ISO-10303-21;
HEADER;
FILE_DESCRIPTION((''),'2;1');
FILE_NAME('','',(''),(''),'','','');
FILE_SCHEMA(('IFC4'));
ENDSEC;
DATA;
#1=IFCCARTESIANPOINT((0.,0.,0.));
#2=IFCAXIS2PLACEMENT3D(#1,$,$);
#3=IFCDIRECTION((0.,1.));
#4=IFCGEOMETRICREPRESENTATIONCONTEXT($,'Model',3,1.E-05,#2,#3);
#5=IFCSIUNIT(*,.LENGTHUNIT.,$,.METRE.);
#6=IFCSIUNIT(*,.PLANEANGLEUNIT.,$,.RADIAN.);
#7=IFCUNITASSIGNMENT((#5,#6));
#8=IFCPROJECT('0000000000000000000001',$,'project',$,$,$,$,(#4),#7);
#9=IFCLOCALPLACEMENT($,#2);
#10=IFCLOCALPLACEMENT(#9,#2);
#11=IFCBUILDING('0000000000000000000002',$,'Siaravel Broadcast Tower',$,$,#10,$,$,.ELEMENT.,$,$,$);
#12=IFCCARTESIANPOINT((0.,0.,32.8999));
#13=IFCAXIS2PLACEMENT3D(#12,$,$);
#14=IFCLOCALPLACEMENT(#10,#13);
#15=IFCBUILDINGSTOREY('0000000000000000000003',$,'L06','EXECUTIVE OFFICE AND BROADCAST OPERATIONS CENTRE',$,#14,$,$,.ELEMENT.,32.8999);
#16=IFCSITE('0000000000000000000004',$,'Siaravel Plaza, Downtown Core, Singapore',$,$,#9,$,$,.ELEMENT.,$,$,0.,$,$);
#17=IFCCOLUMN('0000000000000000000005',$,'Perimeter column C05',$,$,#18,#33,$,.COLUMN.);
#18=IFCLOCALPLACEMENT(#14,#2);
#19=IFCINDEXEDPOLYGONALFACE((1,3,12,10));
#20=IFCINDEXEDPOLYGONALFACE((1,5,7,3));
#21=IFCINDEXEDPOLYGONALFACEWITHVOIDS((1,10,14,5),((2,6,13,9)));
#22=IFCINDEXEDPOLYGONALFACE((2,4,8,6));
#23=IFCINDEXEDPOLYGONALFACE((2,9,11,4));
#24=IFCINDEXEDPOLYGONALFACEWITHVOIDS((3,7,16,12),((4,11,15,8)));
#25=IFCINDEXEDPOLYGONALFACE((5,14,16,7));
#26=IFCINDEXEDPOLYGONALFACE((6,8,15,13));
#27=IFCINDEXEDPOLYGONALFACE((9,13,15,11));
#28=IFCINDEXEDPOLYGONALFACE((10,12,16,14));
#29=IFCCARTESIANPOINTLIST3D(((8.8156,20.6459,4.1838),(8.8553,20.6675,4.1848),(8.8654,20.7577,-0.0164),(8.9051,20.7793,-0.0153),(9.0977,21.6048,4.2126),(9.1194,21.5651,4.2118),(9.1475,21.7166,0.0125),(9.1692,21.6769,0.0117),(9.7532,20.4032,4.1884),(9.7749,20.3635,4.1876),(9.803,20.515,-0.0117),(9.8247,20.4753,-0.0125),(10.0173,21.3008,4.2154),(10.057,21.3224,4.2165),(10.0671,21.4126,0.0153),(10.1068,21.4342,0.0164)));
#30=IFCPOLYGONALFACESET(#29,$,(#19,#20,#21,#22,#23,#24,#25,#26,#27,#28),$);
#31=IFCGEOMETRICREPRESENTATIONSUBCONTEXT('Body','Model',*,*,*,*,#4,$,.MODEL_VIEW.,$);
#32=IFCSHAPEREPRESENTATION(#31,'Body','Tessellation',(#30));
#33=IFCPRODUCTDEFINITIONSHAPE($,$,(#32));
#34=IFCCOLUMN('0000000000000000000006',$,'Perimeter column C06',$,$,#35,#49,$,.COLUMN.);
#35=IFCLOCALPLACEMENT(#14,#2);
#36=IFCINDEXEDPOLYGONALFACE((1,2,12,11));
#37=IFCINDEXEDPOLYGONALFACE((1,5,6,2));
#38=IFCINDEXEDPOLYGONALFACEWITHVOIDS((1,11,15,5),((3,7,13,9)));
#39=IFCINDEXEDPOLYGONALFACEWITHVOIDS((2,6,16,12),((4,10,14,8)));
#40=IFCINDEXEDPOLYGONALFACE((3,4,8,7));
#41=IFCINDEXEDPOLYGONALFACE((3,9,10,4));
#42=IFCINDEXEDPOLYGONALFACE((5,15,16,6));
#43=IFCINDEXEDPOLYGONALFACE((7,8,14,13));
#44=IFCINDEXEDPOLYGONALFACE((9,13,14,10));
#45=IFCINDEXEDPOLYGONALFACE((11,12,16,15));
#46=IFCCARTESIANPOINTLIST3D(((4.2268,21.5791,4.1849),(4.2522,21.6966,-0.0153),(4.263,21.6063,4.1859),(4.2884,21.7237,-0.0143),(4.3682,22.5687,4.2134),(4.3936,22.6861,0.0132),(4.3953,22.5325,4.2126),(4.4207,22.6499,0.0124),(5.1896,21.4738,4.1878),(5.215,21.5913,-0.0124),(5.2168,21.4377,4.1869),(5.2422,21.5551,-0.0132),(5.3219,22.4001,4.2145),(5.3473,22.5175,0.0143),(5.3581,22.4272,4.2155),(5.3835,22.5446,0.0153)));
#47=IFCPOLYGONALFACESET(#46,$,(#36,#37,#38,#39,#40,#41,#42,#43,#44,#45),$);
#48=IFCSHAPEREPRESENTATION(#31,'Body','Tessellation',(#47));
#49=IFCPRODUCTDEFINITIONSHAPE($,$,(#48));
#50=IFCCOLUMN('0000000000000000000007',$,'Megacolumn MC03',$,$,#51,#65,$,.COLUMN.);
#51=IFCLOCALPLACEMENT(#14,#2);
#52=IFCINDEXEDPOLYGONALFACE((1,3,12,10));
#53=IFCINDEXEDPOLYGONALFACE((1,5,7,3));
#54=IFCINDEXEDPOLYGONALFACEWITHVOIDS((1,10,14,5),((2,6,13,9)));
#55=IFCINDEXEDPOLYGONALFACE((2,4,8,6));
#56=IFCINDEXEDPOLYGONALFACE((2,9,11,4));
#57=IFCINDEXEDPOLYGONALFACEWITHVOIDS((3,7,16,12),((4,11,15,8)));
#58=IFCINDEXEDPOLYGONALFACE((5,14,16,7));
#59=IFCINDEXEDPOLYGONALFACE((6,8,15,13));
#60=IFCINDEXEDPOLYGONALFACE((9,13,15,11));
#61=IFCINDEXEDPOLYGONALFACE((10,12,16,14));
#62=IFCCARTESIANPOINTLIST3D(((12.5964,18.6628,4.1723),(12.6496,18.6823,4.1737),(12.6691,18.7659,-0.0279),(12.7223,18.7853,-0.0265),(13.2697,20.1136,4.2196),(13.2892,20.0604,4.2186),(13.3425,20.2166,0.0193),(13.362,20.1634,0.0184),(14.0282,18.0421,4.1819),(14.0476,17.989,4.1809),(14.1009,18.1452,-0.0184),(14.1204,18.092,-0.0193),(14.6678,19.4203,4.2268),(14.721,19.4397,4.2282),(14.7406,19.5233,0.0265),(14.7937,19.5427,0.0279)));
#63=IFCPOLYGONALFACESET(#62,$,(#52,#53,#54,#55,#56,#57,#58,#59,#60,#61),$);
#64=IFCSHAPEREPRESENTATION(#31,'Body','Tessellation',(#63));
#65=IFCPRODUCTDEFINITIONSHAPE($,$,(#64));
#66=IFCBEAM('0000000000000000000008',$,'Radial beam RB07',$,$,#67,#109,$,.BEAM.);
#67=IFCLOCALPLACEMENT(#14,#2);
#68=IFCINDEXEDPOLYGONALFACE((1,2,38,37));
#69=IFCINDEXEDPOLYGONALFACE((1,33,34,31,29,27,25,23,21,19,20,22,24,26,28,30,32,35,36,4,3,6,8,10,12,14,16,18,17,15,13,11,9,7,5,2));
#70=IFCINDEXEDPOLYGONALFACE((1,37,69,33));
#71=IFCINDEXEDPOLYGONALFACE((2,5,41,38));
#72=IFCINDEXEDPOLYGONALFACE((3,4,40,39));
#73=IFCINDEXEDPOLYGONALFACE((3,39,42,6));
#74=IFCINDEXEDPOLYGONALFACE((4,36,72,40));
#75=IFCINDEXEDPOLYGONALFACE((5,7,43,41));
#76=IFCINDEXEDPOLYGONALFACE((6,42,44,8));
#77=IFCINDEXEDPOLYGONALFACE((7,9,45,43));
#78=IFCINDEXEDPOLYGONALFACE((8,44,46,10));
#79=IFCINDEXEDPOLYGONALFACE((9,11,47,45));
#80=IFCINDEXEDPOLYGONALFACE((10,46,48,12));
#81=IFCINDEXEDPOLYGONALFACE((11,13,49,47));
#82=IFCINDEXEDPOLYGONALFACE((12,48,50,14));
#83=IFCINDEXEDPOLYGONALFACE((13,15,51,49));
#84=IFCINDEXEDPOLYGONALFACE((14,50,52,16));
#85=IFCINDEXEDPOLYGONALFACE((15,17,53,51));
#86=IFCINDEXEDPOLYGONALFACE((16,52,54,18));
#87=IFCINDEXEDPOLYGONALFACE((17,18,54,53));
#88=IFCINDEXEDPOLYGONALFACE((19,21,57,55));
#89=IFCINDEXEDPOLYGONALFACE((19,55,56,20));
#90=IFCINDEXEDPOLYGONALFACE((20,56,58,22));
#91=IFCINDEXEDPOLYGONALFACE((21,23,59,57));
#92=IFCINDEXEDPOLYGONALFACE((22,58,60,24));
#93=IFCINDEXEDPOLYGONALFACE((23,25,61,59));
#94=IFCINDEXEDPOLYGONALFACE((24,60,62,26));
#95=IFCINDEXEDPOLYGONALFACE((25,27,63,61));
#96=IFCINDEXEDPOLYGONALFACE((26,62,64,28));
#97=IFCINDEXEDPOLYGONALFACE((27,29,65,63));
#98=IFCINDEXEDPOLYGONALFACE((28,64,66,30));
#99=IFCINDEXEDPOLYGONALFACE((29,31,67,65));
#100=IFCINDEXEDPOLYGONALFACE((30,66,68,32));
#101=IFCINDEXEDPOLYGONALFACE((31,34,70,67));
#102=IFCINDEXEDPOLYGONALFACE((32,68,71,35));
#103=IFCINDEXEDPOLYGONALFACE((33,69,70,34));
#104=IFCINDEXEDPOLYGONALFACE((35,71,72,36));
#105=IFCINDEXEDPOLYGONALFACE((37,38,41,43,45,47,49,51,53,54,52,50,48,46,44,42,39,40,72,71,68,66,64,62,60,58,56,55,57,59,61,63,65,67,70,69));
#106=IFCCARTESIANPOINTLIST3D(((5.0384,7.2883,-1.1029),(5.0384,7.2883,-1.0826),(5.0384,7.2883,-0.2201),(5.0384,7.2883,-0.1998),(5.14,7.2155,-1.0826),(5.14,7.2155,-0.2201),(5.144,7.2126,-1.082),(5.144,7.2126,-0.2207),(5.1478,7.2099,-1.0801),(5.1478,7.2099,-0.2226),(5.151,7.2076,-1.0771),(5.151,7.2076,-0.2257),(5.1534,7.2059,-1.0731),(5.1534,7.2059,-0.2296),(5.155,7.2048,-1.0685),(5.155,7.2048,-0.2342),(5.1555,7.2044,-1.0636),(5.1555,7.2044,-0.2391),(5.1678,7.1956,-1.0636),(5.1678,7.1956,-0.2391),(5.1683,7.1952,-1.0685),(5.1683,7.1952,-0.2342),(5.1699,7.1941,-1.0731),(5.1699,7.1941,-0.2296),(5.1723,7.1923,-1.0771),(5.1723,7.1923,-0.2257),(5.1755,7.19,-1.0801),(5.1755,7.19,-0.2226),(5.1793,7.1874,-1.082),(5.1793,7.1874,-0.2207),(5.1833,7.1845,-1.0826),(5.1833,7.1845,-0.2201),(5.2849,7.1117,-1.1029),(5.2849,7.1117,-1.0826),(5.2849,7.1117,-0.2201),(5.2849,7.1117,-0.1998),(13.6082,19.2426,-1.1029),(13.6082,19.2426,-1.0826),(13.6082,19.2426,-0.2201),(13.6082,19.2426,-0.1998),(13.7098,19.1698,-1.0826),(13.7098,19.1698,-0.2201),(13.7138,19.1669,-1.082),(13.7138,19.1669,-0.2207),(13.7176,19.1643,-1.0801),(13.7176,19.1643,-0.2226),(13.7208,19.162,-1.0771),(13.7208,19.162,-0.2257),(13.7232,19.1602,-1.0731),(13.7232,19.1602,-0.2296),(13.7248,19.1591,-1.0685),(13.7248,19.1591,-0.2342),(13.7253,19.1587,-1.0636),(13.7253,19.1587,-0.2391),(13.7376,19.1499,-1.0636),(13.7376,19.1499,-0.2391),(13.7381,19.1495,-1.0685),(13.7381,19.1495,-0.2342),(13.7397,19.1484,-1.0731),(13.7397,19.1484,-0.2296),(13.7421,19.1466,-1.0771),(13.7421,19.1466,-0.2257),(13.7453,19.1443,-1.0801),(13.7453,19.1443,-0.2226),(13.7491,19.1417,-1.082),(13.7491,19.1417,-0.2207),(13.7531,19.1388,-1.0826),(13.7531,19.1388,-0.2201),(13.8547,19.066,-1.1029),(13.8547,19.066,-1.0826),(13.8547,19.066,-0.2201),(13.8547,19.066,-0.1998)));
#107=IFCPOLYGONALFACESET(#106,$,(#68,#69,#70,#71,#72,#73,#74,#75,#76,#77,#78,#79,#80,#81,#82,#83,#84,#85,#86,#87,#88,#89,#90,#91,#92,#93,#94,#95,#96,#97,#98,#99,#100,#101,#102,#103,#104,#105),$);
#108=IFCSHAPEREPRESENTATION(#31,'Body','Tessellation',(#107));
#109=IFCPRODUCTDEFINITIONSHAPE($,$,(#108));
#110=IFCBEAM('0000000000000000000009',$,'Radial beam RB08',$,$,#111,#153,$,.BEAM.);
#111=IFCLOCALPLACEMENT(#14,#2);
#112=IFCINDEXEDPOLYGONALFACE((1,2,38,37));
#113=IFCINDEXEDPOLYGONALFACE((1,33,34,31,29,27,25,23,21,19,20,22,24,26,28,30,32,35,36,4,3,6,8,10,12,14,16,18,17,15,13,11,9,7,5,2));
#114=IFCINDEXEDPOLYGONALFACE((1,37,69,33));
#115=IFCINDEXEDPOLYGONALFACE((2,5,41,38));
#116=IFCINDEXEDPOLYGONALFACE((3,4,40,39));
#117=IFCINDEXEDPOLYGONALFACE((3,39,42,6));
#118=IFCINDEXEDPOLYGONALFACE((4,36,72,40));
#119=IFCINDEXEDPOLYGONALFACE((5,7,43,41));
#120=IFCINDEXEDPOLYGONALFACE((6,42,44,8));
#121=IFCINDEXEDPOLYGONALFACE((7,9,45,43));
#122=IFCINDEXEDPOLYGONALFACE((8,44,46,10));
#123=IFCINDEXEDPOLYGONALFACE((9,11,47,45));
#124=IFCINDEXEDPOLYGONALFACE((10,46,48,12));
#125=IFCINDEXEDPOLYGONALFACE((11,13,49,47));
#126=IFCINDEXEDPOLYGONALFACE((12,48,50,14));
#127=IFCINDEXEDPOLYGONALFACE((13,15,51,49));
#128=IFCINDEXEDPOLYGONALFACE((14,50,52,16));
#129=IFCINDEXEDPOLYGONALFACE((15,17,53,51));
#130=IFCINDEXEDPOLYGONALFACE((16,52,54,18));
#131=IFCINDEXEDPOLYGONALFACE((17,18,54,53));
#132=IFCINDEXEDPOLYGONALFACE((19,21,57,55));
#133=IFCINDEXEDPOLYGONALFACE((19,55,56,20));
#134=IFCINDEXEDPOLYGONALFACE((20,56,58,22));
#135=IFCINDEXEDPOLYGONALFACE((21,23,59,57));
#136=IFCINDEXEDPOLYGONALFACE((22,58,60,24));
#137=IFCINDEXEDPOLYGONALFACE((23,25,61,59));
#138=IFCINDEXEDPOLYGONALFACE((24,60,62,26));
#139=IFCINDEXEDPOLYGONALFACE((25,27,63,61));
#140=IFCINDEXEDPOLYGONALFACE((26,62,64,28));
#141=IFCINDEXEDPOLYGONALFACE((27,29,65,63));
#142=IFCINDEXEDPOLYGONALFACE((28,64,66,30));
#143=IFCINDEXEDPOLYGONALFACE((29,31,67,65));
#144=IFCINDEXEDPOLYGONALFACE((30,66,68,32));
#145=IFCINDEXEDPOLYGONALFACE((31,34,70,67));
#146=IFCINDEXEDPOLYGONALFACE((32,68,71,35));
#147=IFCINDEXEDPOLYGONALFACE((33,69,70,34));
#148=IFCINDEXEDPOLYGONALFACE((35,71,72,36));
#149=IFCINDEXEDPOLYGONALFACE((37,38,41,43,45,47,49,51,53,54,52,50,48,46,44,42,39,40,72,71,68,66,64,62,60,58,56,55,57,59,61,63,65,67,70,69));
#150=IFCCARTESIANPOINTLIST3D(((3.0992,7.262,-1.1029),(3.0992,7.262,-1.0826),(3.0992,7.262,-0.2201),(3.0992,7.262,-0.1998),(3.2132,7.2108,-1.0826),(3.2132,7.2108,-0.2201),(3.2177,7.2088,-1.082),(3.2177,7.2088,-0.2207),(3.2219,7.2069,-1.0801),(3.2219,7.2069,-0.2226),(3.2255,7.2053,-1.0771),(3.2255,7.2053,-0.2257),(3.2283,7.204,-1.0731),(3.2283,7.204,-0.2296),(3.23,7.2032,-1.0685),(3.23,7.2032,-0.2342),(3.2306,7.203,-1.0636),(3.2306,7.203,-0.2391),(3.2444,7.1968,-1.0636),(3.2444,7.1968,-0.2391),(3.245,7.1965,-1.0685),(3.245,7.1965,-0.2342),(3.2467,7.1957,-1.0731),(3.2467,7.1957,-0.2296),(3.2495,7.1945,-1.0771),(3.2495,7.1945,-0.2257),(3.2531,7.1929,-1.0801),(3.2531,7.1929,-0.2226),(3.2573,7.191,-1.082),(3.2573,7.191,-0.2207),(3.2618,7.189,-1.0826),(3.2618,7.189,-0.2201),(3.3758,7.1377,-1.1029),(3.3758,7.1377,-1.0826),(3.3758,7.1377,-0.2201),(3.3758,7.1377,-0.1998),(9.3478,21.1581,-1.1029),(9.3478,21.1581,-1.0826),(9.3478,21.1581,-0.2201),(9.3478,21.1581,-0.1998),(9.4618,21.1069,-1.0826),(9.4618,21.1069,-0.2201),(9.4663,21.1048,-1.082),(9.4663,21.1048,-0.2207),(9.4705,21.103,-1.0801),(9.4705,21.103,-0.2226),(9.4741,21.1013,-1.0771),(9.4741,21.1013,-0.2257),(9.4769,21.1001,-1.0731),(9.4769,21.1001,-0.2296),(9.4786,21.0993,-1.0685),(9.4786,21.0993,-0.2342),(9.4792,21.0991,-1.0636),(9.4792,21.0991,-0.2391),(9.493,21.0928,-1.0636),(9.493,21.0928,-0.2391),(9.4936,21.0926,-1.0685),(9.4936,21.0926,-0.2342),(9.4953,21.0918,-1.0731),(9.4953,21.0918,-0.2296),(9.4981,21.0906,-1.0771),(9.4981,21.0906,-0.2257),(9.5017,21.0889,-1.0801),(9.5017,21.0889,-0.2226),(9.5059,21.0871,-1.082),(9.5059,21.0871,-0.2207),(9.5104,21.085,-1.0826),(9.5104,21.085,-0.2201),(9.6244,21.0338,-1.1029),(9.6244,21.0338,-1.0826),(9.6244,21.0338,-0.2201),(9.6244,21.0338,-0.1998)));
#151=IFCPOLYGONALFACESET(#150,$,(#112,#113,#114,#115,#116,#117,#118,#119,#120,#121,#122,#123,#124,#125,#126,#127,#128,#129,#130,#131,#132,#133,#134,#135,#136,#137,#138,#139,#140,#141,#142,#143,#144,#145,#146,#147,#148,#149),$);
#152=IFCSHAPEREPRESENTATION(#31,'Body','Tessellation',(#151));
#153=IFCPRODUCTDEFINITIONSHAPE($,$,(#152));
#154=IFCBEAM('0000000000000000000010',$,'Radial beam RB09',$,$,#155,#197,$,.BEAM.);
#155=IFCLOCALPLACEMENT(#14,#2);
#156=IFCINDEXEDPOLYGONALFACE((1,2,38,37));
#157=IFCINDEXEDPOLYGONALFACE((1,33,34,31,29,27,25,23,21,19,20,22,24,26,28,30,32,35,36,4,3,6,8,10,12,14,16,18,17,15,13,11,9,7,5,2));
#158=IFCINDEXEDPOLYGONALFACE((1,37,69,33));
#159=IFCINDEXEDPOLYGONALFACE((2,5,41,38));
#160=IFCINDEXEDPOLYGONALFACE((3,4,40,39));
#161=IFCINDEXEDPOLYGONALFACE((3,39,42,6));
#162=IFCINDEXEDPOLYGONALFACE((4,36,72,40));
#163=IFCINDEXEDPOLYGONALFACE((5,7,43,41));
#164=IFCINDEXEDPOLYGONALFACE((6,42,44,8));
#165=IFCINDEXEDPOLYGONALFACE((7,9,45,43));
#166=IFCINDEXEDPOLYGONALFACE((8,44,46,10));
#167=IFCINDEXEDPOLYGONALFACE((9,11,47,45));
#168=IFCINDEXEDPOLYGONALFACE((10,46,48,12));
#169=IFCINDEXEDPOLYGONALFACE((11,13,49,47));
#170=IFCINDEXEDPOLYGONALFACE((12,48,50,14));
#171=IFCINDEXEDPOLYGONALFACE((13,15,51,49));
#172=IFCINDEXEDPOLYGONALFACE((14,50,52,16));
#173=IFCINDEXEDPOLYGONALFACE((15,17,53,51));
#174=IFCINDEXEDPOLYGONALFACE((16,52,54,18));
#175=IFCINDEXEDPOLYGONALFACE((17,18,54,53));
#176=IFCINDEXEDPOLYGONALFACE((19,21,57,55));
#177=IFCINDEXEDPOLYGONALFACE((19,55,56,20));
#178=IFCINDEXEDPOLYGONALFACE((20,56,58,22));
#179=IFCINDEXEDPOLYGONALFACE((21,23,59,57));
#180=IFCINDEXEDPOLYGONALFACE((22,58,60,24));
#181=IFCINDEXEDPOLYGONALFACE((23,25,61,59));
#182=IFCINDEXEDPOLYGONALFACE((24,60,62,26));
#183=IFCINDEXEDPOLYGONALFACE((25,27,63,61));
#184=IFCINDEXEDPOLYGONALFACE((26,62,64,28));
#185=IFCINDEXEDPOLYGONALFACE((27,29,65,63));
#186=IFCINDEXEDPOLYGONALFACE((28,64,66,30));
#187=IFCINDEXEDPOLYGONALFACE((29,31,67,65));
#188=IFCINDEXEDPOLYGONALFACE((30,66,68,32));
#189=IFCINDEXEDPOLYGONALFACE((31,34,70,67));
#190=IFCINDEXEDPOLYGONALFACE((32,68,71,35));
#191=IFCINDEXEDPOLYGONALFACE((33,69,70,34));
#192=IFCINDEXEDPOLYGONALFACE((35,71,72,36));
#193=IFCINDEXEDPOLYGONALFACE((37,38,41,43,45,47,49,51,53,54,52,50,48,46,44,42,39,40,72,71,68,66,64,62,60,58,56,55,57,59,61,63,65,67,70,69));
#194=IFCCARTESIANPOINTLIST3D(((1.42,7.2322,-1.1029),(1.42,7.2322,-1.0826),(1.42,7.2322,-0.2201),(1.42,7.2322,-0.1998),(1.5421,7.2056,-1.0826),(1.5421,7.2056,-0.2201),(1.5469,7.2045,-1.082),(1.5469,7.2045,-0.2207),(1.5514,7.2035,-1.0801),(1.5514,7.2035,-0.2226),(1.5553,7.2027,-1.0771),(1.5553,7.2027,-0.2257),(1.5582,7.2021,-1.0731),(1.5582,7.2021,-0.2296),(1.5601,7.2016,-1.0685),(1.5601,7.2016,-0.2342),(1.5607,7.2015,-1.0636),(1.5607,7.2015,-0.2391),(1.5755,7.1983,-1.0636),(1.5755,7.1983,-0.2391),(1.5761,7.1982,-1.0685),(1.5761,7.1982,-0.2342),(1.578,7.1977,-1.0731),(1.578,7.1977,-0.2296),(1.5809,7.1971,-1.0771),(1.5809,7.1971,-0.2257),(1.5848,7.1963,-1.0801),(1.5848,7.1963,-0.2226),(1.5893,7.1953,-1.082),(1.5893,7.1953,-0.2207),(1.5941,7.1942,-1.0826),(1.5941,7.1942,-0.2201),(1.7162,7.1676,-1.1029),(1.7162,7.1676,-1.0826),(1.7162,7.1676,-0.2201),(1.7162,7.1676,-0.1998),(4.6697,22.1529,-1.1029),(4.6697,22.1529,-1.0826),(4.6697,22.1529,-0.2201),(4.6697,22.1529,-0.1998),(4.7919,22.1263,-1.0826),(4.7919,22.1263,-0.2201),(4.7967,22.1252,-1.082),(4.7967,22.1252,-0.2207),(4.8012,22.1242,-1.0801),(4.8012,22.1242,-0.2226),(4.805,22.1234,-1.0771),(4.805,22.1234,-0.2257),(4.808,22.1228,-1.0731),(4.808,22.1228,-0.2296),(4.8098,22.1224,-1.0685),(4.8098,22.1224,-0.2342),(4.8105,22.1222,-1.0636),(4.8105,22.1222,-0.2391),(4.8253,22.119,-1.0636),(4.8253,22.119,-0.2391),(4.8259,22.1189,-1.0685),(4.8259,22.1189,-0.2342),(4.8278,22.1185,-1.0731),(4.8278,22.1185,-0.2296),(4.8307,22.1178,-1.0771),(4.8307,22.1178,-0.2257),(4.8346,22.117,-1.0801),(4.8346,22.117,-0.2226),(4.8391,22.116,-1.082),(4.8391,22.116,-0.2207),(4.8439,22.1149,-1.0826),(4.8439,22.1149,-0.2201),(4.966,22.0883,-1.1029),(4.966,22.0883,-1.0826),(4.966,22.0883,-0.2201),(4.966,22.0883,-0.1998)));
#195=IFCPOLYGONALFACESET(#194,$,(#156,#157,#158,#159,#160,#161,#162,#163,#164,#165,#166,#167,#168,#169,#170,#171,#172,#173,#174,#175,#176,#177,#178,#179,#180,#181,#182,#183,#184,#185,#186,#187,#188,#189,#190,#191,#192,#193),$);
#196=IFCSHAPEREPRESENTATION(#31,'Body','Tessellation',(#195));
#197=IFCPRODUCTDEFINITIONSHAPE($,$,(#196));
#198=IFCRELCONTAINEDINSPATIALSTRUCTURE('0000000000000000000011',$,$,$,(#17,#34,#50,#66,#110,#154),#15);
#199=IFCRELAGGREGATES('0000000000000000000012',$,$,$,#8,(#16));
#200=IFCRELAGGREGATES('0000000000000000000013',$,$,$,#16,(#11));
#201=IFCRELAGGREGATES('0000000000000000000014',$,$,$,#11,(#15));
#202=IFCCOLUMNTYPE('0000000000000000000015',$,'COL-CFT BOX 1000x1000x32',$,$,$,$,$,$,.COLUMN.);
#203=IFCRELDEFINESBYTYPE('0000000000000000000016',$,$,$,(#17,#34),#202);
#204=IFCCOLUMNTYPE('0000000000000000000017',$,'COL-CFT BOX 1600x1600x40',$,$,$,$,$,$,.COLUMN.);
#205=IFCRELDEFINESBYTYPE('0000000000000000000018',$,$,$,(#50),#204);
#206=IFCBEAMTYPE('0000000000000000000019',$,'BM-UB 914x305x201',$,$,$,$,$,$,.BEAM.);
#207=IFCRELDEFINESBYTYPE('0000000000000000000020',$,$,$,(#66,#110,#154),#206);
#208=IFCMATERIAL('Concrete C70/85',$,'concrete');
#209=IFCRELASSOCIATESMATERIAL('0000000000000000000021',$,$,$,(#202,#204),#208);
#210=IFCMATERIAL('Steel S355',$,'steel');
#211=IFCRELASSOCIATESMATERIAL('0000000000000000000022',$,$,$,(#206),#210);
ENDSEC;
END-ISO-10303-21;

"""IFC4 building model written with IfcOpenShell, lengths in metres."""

from ifc_helpers import new_model, si_unit, direction, frame, origin, origin_2d, place, context, subcontext, project, spatial, hollow_rectangle, i_section, extrude, material, material_profile, profile_set, type_object, element, save


model = new_model("IFC4")

# Units and contexts
model_context = context("Model", 3, precision=1e-05, world=origin(), true_north=direction((0.0, 1.0)))
body_context = subcontext(model_context, "Body", "Model", "MODEL_VIEW")
ifc_project = project(units=[si_unit("LENGTHUNIT", "METRE"), si_unit("PLANEANGLEUNIT", "RADIAN")], contexts=[model_context])

# Site, building, storey
site_placement = place(None, origin())
site = spatial("IfcSite", under=ifc_project, at=site_placement, Name="Siaravel Plaza, Downtown Core, Singapore", CompositionType="ELEMENT", RefElevation=0.0)
building_placement = place(site_placement, origin())
building = spatial("IfcBuilding", under=site, at=building_placement, Name="Siaravel Broadcast Tower", CompositionType="ELEMENT")
storey_placement = place(building_placement, frame((0.0, 0.0, 32.8999)))
storey = spatial("IfcBuildingStorey", under=building, at=storey_placement, Name="L06", Description="EXECUTIVE OFFICE AND BROADCAST OPERATIONS CENTRE", CompositionType="ELEMENT", Elevation=32.8999)

# Columns
ifc_material_1 = material(Name="Concrete C70/85", Category="concrete")
ifc_material_profile_1 = material_profile(ifc_material_1, hollow_rectangle(XDim=1.0, YDim=1.0, WallThickness=0.032, at=origin_2d()))
ifc_profile_set_1 = profile_set([ifc_material_profile_1], Name="Concrete C70/85")
column_type_1 = type_object("IfcColumnType", Name="COL-CFT BOX 1000x1000x32", PredefinedType="COLUMN", material=ifc_profile_set_1)
for number, where, z_axis, x_axis, name in (
    (1, (9.4861, 21.0959, 0.0), (-0.011853, -0.02661, 0.999576), (0.959297, -0.282374, 0.003858), "Perimeter column C05"),
    (2, (4.8179, 22.1206, 0.0), (-0.006043, -0.027947, 0.999591), (0.98994, -0.141473, 0.002029), "Perimeter column C06"),
):
    element("IfcColumn", number, at=place(storey_placement, frame(where, z_axis=z_axis, x_axis=x_axis)), inside=storey, type_object=column_type_1, Name=name, PredefinedType="COLUMN", context=body_context, shape_type="SweptSolid", body=[
        extrude(hollow_rectangle(XDim=1.0, YDim=1.0, WallThickness=0.032, at=origin_2d()), origin(), (0.0, 0.0, 1.0), 4.2019),
    ])
ifc_material_profile_2 = material_profile(ifc_material_1, hollow_rectangle(XDim=1.6001, YDim=1.6001, WallThickness=0.04, at=origin_2d()))
ifc_profile_set_2 = profile_set([ifc_material_profile_2], Name="Concrete C70/85")
column_type_2 = type_object("IfcColumnType", Name="COL-CFT BOX 1600x1600x40", PredefinedType="COLUMN", material=ifc_profile_set_2)
column_placement = place(storey_placement, frame((13.7314, 19.1543, 0.0), z_axis=(-0.017314, -0.024518, 0.999549), x_axis=(0.906981, -0.421137, 0.00538)))
element("IfcColumn", 3, at=column_placement, inside=storey, type_object=column_type_2, Name="Megacolumn MC03", PredefinedType="COLUMN", context=body_context, shape_type="SweptSolid", body=[
    extrude(hollow_rectangle(XDim=1.6001, YDim=1.6001, WallThickness=0.04, at=origin_2d()), origin(), (0.0, 0.0, 1.0), 4.2021),
])

# Beams
ifc_material_2 = material(Name="Steel S355", Category="steel")
ifc_material_profile_3 = material_profile(ifc_material_2, i_section(OverallWidth=0.3032, OverallDepth=0.9031, WebThickness=0.0151, FlangeThickness=0.0203, FilletRadius=0.019, at=origin_2d()))
ifc_profile_set_3 = profile_set([ifc_material_profile_3], Name="Steel S355")
beam_type = type_object("IfcBeamType", Name="BM-UB 914x305x201", PredefinedType="BEAM", material=ifc_profile_set_3)
beam_1_placement = place(storey_placement, frame((13.7314, 19.1543, -0.6514), z_axis=(-0.582633, -0.812735, 0.0), x_axis=(0.812735, -0.582633, 0.0)))
element("IfcBeam", 4, at=beam_1_placement, inside=storey, type_object=beam_type, Name="Radial beam RB07", PredefinedType="BEAM", context=body_context, shape_type="SweptSolid", body=[
    extrude(i_section(OverallWidth=0.3032, OverallDepth=0.9031, WebThickness=0.0151, FlangeThickness=0.0203, FilletRadius=0.019, at=origin_2d()), origin(), (0.0, 0.0, 1.0), 14.7087),
])
beam_2_placement = place(storey_placement, frame((9.4861, 21.0959, -0.6514), z_axis=(-0.41011, -0.912036, 0.0), x_axis=(0.912036, -0.41011, 0.0)))
element("IfcBeam", 5, at=beam_2_placement, inside=storey, type_object=beam_type, Name="Radial beam RB08", PredefinedType="BEAM", context=body_context, shape_type="SweptSolid", body=[
    extrude(i_section(OverallWidth=0.3032, OverallDepth=0.9031, WebThickness=0.0151, FlangeThickness=0.0203, FilletRadius=0.019, at=origin_2d()), origin(), (0.0, 0.0, 1.0), 15.2363),
])
beam_3_placement = place(storey_placement, frame((4.8179, 22.1206, -0.6514), z_axis=(-0.212813, -0.977093, 0.0), x_axis=(0.977093, -0.212813, 0.0)))
element("IfcBeam", 6, at=beam_3_placement, inside=storey, type_object=beam_type, Name="Radial beam RB09", PredefinedType="BEAM", context=body_context, shape_type="SweptSolid", body=[
    extrude(i_section(OverallWidth=0.3032, OverallDepth=0.9031, WebThickness=0.0151, FlangeThickness=0.0203, FilletRadius=0.019, at=origin_2d()), origin(), (0.0, 0.0, 1.0), 15.2705),
])

save(model, "model.ifc")
